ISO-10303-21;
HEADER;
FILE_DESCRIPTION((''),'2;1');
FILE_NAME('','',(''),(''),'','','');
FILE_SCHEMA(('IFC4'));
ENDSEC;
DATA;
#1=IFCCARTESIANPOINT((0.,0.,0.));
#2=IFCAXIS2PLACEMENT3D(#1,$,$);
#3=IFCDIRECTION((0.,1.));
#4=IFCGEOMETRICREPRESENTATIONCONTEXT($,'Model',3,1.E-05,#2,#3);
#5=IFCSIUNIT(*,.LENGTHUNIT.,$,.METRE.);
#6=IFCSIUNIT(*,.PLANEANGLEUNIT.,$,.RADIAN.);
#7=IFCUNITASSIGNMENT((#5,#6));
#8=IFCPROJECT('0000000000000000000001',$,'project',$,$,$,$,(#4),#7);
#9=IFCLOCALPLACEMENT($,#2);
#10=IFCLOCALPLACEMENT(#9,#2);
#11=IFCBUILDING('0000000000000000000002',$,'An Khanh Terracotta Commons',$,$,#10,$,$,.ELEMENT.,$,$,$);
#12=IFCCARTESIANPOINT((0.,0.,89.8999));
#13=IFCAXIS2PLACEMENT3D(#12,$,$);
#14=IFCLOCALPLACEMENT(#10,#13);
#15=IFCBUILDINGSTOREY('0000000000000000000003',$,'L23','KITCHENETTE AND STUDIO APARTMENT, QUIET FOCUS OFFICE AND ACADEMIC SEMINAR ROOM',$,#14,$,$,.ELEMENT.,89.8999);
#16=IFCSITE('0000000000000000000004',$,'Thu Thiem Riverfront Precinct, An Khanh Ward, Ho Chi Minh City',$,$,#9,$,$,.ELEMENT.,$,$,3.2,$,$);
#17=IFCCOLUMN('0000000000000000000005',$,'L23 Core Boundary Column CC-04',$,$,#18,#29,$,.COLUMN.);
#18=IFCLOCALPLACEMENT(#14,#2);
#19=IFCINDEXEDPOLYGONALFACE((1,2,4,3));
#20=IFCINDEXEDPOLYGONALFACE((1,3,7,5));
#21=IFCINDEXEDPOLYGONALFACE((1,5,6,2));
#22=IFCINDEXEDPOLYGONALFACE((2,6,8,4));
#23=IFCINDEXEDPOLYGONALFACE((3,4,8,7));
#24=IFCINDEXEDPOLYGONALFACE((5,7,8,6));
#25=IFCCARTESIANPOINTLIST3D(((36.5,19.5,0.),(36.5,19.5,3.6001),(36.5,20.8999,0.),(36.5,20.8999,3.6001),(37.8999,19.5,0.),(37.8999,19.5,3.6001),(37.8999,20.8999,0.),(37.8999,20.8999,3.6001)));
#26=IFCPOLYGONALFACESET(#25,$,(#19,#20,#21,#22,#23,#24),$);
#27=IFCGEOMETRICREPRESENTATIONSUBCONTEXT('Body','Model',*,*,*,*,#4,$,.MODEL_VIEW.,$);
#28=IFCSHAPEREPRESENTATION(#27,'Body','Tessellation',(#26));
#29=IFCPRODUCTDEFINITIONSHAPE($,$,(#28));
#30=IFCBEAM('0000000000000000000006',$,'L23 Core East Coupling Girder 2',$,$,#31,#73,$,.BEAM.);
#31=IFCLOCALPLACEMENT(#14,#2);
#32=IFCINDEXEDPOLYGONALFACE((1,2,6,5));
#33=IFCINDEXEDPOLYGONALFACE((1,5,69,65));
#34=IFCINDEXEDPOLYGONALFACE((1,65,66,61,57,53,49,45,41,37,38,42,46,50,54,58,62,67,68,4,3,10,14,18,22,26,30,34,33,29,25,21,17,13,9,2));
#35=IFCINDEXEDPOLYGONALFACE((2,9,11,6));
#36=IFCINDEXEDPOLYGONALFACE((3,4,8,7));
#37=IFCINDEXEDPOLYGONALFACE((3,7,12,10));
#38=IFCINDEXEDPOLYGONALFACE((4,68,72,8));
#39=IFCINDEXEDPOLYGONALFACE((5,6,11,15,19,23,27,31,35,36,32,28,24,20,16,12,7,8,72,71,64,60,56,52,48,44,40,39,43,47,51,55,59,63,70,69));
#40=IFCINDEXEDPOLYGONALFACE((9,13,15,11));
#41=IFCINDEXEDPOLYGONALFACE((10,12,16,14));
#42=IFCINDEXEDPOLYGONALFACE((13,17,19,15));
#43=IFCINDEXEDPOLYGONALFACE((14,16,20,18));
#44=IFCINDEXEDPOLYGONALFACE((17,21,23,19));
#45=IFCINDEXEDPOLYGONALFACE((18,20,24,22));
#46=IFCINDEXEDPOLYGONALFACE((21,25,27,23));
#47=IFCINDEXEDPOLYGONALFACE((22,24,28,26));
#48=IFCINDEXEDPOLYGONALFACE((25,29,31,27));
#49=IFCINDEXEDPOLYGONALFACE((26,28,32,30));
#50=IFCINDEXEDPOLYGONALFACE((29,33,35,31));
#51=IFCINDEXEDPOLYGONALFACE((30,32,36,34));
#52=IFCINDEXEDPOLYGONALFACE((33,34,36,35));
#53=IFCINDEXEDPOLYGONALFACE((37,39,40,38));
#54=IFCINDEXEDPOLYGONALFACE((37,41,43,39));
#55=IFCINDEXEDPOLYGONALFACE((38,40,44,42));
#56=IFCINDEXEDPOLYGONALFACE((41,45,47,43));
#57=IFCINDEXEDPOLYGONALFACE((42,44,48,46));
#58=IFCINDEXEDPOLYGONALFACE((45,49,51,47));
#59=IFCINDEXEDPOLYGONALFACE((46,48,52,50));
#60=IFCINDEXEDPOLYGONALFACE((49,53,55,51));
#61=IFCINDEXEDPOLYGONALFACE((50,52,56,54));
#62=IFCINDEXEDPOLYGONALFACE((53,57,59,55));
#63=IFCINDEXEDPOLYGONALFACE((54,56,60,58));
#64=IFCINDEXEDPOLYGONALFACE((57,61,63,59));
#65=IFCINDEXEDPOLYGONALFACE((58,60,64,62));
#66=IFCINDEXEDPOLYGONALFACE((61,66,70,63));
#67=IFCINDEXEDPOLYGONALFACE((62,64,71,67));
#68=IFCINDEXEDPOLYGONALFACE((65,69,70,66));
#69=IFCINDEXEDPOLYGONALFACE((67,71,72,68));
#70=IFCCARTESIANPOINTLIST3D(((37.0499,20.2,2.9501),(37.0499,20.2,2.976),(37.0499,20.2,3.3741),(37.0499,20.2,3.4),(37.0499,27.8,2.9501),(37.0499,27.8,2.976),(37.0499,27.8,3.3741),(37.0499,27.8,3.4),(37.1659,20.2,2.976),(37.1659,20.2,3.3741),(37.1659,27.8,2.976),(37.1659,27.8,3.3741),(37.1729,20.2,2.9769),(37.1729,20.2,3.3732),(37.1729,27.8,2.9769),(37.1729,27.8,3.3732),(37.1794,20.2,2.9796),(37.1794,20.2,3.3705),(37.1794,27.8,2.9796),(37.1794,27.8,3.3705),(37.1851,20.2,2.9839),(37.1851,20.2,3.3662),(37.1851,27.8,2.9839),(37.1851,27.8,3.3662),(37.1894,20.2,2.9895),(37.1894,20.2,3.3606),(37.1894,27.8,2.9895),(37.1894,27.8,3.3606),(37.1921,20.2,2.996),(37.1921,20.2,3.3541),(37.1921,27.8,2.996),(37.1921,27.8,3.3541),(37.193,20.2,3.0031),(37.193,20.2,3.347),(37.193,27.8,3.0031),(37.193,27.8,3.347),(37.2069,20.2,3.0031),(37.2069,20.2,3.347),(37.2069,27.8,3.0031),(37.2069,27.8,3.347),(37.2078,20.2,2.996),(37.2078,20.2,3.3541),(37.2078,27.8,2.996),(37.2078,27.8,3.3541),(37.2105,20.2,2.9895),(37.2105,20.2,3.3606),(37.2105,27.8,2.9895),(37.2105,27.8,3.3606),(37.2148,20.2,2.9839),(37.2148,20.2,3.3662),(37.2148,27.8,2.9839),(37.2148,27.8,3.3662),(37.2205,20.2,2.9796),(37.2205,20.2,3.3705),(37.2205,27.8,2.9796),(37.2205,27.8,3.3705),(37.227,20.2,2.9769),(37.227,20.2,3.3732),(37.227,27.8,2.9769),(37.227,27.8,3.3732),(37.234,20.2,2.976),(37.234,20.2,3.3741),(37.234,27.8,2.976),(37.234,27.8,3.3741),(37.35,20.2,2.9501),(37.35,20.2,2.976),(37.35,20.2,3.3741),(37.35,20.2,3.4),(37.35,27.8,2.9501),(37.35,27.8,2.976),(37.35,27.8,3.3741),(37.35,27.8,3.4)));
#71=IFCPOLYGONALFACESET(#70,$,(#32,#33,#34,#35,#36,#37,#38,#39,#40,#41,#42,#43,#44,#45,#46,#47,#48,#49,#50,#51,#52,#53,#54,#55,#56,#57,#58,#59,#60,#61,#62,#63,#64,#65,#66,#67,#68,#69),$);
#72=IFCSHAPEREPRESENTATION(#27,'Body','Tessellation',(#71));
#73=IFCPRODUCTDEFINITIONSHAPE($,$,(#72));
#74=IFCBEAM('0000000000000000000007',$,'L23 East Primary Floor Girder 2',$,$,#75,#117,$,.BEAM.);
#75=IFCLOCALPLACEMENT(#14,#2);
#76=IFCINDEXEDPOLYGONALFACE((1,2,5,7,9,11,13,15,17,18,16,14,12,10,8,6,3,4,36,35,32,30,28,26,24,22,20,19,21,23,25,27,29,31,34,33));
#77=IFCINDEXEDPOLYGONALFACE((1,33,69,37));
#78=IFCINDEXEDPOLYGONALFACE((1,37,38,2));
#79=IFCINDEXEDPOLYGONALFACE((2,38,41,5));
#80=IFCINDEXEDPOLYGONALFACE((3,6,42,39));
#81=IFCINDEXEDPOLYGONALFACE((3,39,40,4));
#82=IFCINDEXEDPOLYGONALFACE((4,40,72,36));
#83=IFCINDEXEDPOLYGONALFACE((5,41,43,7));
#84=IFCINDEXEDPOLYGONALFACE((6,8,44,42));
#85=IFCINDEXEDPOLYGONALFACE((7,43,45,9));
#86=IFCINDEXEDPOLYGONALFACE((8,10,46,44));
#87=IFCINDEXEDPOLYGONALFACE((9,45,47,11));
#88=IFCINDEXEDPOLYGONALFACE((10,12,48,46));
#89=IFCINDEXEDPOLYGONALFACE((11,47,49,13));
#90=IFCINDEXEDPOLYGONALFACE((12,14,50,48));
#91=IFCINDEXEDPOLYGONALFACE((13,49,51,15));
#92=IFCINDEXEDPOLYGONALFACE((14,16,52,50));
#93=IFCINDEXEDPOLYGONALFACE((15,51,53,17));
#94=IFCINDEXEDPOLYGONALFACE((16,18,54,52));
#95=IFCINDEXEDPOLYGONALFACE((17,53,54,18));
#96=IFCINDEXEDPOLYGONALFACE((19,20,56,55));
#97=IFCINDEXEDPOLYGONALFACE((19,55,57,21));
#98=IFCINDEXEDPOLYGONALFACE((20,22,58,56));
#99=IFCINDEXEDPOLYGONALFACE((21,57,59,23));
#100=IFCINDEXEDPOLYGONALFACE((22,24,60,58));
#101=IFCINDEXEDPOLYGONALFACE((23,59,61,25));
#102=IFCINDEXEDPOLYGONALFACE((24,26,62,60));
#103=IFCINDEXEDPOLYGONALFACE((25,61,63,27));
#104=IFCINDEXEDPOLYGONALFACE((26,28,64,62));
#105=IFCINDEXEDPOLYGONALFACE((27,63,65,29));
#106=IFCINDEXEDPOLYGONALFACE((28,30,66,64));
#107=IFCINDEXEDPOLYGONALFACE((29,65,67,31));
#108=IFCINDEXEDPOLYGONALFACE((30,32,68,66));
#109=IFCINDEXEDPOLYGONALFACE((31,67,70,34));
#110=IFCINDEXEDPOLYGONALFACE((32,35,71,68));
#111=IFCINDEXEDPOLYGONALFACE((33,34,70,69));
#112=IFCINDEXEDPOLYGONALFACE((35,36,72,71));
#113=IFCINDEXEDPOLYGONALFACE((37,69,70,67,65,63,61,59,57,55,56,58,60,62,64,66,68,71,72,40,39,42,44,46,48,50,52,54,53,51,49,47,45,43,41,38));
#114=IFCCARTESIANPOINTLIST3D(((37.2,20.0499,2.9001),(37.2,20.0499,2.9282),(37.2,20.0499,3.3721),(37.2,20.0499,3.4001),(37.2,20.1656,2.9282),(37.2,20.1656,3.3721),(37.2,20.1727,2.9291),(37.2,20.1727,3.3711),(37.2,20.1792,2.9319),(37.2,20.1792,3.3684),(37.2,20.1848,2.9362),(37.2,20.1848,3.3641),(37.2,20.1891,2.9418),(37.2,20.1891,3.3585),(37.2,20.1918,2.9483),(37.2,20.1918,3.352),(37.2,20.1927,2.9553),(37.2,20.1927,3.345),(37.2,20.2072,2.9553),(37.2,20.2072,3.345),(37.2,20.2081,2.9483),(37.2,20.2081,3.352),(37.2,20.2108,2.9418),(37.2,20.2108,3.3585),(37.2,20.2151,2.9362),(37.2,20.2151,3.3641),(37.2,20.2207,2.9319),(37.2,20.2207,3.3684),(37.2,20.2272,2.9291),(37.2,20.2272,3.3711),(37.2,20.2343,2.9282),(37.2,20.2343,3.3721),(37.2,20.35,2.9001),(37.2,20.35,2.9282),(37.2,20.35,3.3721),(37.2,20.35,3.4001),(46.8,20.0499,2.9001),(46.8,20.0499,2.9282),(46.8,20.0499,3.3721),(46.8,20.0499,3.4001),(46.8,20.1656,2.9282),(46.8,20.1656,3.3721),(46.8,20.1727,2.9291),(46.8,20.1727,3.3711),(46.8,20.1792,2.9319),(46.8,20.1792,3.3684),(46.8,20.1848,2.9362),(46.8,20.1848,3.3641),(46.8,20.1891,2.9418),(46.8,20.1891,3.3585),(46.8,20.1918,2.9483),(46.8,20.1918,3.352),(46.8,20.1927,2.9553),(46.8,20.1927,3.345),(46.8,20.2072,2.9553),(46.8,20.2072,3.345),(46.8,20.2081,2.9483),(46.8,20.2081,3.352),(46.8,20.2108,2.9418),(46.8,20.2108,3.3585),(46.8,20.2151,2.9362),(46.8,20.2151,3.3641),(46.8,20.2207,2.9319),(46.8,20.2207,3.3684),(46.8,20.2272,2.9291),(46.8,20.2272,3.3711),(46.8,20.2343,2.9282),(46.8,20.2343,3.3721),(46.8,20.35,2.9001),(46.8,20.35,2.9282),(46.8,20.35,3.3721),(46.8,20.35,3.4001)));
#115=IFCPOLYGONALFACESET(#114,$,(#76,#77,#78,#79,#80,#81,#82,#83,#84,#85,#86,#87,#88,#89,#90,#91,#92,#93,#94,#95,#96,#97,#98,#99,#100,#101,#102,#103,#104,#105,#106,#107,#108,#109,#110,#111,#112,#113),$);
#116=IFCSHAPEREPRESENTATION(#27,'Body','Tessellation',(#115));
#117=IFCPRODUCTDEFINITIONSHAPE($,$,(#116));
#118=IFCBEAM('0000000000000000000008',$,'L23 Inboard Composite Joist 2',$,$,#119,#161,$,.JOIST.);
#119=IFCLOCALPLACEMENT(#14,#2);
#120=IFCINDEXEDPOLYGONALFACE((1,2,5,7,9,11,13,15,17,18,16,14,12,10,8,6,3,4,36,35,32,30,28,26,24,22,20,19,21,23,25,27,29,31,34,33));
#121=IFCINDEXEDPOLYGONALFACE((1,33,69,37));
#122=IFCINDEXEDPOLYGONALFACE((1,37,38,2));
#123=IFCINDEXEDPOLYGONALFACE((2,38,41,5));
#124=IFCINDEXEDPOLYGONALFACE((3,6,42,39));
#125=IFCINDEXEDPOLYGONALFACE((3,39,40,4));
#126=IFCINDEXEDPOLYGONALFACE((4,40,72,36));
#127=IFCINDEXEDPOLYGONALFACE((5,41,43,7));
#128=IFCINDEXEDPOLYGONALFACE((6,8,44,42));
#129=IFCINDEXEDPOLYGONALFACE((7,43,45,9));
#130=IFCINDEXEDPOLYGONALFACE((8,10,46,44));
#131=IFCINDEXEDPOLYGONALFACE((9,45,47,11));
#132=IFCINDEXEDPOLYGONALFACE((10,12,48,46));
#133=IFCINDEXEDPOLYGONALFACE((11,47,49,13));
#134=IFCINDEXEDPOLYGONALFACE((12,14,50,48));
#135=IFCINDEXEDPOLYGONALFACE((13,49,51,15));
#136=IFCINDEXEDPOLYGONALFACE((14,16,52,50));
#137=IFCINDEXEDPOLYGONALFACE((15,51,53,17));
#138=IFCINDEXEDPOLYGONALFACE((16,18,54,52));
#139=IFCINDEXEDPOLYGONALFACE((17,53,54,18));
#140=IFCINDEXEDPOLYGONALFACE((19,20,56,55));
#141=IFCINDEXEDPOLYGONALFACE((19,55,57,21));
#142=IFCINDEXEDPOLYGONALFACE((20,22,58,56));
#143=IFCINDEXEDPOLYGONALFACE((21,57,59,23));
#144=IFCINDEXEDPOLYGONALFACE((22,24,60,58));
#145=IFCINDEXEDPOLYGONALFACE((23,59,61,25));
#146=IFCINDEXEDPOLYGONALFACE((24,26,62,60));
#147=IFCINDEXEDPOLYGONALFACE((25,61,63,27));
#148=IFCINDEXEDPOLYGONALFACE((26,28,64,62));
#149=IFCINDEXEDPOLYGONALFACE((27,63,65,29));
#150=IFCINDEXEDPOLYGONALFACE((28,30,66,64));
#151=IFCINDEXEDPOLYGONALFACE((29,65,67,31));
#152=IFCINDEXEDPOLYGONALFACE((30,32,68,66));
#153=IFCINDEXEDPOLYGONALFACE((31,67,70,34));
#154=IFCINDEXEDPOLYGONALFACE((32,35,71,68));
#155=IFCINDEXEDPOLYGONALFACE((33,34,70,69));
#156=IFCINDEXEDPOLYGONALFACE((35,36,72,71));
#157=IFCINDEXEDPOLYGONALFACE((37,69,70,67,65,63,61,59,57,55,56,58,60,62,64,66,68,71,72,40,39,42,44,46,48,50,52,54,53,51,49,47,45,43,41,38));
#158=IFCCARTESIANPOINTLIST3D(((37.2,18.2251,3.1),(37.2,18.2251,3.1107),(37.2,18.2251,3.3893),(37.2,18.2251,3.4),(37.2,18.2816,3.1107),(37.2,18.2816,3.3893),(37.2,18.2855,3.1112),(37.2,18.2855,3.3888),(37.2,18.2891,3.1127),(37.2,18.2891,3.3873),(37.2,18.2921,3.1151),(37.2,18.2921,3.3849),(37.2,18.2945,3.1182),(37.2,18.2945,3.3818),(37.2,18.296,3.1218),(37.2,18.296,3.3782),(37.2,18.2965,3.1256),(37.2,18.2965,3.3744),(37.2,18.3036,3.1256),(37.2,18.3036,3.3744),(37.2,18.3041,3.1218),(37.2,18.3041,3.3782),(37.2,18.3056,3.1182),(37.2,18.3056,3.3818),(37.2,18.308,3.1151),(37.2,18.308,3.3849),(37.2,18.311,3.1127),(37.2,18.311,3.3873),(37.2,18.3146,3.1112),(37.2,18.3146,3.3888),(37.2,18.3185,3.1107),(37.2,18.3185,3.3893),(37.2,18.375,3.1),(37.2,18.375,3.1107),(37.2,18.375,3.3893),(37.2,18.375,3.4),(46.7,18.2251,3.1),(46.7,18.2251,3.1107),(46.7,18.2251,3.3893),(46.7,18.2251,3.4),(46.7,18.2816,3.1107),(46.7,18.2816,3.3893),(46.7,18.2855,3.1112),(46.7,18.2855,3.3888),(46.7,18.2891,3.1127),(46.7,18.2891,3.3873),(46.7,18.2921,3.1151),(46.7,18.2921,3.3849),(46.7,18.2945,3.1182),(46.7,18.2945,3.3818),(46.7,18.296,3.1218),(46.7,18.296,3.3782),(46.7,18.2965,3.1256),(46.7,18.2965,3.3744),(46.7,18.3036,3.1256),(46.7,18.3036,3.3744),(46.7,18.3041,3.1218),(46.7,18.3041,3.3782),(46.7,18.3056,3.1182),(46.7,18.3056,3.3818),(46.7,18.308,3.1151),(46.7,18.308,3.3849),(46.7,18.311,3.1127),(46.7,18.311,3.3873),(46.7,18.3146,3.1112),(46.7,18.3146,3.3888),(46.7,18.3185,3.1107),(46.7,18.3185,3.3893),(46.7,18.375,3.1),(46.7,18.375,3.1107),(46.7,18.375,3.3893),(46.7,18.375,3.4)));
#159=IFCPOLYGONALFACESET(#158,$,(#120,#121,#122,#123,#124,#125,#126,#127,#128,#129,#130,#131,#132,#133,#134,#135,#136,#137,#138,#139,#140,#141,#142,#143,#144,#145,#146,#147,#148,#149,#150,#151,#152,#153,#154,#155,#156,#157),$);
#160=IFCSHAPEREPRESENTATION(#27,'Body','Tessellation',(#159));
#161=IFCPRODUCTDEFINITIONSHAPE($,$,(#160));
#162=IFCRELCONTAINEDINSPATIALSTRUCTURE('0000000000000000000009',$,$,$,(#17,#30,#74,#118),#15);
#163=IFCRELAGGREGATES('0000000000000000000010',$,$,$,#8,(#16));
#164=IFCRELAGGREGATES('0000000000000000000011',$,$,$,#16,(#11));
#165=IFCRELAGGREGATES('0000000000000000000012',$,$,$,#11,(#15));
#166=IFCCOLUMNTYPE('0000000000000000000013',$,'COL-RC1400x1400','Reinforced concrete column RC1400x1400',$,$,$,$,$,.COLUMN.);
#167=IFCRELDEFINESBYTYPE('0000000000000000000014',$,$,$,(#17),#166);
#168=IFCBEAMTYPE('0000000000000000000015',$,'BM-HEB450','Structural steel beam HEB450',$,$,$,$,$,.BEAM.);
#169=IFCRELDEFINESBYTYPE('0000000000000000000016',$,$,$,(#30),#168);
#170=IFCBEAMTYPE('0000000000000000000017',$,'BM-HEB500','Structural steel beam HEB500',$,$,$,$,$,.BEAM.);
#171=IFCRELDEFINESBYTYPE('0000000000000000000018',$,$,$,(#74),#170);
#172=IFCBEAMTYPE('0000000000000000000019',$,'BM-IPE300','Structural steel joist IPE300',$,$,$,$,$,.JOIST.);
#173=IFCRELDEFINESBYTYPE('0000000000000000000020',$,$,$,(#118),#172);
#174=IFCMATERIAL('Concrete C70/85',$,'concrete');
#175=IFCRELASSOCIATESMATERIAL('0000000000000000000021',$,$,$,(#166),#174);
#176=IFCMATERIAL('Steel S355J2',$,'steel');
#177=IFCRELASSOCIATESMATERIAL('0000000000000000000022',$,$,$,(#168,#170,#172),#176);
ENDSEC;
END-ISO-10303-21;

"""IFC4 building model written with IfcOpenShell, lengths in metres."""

from ifc_helpers import new_model, si_unit, direction, frame, origin, origin_2d, place, context, subcontext, project, spatial, rectangle, i_section, extrude, material, material_profile, profile_set, type_object, element, save


model = new_model("IFC4")

# Units and contexts
model_context = context("Model", 3, precision=1e-05, world=origin(), true_north=direction((0.0, 1.0)))
body_context = subcontext(model_context, "Body", "Model", "MODEL_VIEW")
ifc_project = project(units=[si_unit("LENGTHUNIT", "METRE"), si_unit("PLANEANGLEUNIT", "RADIAN")], contexts=[model_context])

# Site, building, storey
site_placement = place(None, origin())
site = spatial("IfcSite", under=ifc_project, at=site_placement, Name="Thu Thiem Riverfront Precinct, An Khanh Ward, Ho Chi Minh City", CompositionType="ELEMENT", RefElevation=3.2)
building_placement = place(site_placement, origin())
building = spatial("IfcBuilding", under=site, at=building_placement, Name="An Khanh Terracotta Commons", CompositionType="ELEMENT")
storey_placement = place(building_placement, frame((0.0, 0.0, 89.8999)))
storey = spatial("IfcBuildingStorey", under=building, at=storey_placement, Name="L23", Description="KITCHENETTE AND STUDIO APARTMENT, QUIET FOCUS OFFICE AND ACADEMIC SEMINAR ROOM", CompositionType="ELEMENT", Elevation=89.8999)

# Column
ifc_material_1 = material(Name="Concrete C70/85", Category="concrete")
ifc_material_profile_1 = material_profile(ifc_material_1, rectangle(XDim=1.3999, YDim=1.3999, at=origin_2d()), Name="RC1400x1400")
ifc_profile_set_1 = profile_set([ifc_material_profile_1], Name="Concrete C70/85")
column_type = type_object("IfcColumnType", Name="COL-RC1400x1400", Description="Reinforced concrete column RC1400x1400", PredefinedType="COLUMN", material=ifc_profile_set_1)
column_placement = place(storey_placement, frame((37.2, 20.2, 0.0), z_axis=(0.0, 0.0, 1.0), x_axis=(1.0, 0.0, 0.0)))
element("IfcColumn", 1, at=column_placement, inside=storey, type_object=column_type, Name="L23 Core Boundary Column CC-04", PredefinedType="COLUMN", context=body_context, shape_type="SweptSolid", body=[
    extrude(rectangle(XDim=1.3999, YDim=1.3999, at=origin_2d()), origin(), (0.0, 0.0, 1.0), 3.6001),
])

# Beams
ifc_material_2 = material(Name="Steel S355J2", Category="steel")
ifc_material_profile_2 = material_profile(ifc_material_2, i_section(OverallWidth=0.3, OverallDepth=0.45, WebThickness=0.0139, FlangeThickness=0.0259, FilletRadius=0.0271, at=origin_2d()), Name="HEB450")
ifc_profile_set_2 = profile_set([ifc_material_profile_2], Name="Steel S355J2")
beam_type_1 = type_object("IfcBeamType", Name="BM-HEB450", Description="Structural steel beam HEB450", PredefinedType="BEAM", material=ifc_profile_set_2)
beam_1_placement = place(storey_placement, frame((37.2, 20.2, 3.175), z_axis=(0.0, 1.0, 0.0), x_axis=(-1.0, 0.0, 0.0)))
element("IfcBeam", 2, at=beam_1_placement, inside=storey, type_object=beam_type_1, Name="L23 Core East Coupling Girder 2", PredefinedType="BEAM", context=body_context, shape_type="SweptSolid", body=[
    extrude(i_section(OverallWidth=0.3, OverallDepth=0.45, WebThickness=0.0139, FlangeThickness=0.0259, FilletRadius=0.0271, at=origin_2d()), origin(), (0.0, 0.0, 1.0), 7.6001),
])
ifc_material_profile_3 = material_profile(ifc_material_2, i_section(OverallWidth=0.3, OverallDepth=0.5, WebThickness=0.0144, FlangeThickness=0.0281, FilletRadius=0.0271, at=origin_2d()), Name="HEB500")
ifc_profile_set_3 = profile_set([ifc_material_profile_3], Name="Steel S355J2")
beam_type_2 = type_object("IfcBeamType", Name="BM-HEB500", Description="Structural steel beam HEB500", PredefinedType="BEAM", material=ifc_profile_set_3)
beam_2_placement = place(storey_placement, frame((37.2, 20.2, 3.1501), z_axis=(1.0, 0.0, 0.0), x_axis=(0.0, 1.0, 0.0)))
element("IfcBeam", 3, at=beam_2_placement, inside=storey, type_object=beam_type_2, Name="L23 East Primary Floor Girder 2", PredefinedType="BEAM", context=body_context, shape_type="SweptSolid", body=[
    extrude(i_section(OverallWidth=0.3, OverallDepth=0.5, WebThickness=0.0144, FlangeThickness=0.0281, FilletRadius=0.0271, at=origin_2d()), origin(), (0.0, 0.0, 1.0), 9.6001),
])
ifc_material_profile_4 = material_profile(ifc_material_2, i_section(OverallWidth=0.1499, OverallDepth=0.3, WebThickness=0.0071, FlangeThickness=0.0107, FilletRadius=0.0149, at=origin_2d()), Name="IPE300")
ifc_profile_set_4 = profile_set([ifc_material_profile_4], Name="Steel S355J2")
beam_type_3 = type_object("IfcBeamType", Name="BM-IPE300", Description="Structural steel joist IPE300", PredefinedType="JOIST", material=ifc_profile_set_4)
for number, where, z_axis, x_axis, name in (
    (4, (37.2, 18.3, 3.25), (1.0, 0.0, 0.0), (0.0, 1.0, 0.0), "L23 Inboard Composite Joist 2"),
):
    element("IfcBeam", number, at=place(storey_placement, frame(where, z_axis=z_axis, x_axis=x_axis)), inside=storey, type_object=beam_type_3, Name=name, PredefinedType="JOIST", context=body_context, shape_type="SweptSolid", body=[
        extrude(i_section(OverallWidth=0.1499, OverallDepth=0.3, WebThickness=0.0071, FlangeThickness=0.0107, FilletRadius=0.0149, at=origin_2d()), origin(), (0.0, 0.0, 1.0), 9.5),
    ])

save(model, "model.ifc")
